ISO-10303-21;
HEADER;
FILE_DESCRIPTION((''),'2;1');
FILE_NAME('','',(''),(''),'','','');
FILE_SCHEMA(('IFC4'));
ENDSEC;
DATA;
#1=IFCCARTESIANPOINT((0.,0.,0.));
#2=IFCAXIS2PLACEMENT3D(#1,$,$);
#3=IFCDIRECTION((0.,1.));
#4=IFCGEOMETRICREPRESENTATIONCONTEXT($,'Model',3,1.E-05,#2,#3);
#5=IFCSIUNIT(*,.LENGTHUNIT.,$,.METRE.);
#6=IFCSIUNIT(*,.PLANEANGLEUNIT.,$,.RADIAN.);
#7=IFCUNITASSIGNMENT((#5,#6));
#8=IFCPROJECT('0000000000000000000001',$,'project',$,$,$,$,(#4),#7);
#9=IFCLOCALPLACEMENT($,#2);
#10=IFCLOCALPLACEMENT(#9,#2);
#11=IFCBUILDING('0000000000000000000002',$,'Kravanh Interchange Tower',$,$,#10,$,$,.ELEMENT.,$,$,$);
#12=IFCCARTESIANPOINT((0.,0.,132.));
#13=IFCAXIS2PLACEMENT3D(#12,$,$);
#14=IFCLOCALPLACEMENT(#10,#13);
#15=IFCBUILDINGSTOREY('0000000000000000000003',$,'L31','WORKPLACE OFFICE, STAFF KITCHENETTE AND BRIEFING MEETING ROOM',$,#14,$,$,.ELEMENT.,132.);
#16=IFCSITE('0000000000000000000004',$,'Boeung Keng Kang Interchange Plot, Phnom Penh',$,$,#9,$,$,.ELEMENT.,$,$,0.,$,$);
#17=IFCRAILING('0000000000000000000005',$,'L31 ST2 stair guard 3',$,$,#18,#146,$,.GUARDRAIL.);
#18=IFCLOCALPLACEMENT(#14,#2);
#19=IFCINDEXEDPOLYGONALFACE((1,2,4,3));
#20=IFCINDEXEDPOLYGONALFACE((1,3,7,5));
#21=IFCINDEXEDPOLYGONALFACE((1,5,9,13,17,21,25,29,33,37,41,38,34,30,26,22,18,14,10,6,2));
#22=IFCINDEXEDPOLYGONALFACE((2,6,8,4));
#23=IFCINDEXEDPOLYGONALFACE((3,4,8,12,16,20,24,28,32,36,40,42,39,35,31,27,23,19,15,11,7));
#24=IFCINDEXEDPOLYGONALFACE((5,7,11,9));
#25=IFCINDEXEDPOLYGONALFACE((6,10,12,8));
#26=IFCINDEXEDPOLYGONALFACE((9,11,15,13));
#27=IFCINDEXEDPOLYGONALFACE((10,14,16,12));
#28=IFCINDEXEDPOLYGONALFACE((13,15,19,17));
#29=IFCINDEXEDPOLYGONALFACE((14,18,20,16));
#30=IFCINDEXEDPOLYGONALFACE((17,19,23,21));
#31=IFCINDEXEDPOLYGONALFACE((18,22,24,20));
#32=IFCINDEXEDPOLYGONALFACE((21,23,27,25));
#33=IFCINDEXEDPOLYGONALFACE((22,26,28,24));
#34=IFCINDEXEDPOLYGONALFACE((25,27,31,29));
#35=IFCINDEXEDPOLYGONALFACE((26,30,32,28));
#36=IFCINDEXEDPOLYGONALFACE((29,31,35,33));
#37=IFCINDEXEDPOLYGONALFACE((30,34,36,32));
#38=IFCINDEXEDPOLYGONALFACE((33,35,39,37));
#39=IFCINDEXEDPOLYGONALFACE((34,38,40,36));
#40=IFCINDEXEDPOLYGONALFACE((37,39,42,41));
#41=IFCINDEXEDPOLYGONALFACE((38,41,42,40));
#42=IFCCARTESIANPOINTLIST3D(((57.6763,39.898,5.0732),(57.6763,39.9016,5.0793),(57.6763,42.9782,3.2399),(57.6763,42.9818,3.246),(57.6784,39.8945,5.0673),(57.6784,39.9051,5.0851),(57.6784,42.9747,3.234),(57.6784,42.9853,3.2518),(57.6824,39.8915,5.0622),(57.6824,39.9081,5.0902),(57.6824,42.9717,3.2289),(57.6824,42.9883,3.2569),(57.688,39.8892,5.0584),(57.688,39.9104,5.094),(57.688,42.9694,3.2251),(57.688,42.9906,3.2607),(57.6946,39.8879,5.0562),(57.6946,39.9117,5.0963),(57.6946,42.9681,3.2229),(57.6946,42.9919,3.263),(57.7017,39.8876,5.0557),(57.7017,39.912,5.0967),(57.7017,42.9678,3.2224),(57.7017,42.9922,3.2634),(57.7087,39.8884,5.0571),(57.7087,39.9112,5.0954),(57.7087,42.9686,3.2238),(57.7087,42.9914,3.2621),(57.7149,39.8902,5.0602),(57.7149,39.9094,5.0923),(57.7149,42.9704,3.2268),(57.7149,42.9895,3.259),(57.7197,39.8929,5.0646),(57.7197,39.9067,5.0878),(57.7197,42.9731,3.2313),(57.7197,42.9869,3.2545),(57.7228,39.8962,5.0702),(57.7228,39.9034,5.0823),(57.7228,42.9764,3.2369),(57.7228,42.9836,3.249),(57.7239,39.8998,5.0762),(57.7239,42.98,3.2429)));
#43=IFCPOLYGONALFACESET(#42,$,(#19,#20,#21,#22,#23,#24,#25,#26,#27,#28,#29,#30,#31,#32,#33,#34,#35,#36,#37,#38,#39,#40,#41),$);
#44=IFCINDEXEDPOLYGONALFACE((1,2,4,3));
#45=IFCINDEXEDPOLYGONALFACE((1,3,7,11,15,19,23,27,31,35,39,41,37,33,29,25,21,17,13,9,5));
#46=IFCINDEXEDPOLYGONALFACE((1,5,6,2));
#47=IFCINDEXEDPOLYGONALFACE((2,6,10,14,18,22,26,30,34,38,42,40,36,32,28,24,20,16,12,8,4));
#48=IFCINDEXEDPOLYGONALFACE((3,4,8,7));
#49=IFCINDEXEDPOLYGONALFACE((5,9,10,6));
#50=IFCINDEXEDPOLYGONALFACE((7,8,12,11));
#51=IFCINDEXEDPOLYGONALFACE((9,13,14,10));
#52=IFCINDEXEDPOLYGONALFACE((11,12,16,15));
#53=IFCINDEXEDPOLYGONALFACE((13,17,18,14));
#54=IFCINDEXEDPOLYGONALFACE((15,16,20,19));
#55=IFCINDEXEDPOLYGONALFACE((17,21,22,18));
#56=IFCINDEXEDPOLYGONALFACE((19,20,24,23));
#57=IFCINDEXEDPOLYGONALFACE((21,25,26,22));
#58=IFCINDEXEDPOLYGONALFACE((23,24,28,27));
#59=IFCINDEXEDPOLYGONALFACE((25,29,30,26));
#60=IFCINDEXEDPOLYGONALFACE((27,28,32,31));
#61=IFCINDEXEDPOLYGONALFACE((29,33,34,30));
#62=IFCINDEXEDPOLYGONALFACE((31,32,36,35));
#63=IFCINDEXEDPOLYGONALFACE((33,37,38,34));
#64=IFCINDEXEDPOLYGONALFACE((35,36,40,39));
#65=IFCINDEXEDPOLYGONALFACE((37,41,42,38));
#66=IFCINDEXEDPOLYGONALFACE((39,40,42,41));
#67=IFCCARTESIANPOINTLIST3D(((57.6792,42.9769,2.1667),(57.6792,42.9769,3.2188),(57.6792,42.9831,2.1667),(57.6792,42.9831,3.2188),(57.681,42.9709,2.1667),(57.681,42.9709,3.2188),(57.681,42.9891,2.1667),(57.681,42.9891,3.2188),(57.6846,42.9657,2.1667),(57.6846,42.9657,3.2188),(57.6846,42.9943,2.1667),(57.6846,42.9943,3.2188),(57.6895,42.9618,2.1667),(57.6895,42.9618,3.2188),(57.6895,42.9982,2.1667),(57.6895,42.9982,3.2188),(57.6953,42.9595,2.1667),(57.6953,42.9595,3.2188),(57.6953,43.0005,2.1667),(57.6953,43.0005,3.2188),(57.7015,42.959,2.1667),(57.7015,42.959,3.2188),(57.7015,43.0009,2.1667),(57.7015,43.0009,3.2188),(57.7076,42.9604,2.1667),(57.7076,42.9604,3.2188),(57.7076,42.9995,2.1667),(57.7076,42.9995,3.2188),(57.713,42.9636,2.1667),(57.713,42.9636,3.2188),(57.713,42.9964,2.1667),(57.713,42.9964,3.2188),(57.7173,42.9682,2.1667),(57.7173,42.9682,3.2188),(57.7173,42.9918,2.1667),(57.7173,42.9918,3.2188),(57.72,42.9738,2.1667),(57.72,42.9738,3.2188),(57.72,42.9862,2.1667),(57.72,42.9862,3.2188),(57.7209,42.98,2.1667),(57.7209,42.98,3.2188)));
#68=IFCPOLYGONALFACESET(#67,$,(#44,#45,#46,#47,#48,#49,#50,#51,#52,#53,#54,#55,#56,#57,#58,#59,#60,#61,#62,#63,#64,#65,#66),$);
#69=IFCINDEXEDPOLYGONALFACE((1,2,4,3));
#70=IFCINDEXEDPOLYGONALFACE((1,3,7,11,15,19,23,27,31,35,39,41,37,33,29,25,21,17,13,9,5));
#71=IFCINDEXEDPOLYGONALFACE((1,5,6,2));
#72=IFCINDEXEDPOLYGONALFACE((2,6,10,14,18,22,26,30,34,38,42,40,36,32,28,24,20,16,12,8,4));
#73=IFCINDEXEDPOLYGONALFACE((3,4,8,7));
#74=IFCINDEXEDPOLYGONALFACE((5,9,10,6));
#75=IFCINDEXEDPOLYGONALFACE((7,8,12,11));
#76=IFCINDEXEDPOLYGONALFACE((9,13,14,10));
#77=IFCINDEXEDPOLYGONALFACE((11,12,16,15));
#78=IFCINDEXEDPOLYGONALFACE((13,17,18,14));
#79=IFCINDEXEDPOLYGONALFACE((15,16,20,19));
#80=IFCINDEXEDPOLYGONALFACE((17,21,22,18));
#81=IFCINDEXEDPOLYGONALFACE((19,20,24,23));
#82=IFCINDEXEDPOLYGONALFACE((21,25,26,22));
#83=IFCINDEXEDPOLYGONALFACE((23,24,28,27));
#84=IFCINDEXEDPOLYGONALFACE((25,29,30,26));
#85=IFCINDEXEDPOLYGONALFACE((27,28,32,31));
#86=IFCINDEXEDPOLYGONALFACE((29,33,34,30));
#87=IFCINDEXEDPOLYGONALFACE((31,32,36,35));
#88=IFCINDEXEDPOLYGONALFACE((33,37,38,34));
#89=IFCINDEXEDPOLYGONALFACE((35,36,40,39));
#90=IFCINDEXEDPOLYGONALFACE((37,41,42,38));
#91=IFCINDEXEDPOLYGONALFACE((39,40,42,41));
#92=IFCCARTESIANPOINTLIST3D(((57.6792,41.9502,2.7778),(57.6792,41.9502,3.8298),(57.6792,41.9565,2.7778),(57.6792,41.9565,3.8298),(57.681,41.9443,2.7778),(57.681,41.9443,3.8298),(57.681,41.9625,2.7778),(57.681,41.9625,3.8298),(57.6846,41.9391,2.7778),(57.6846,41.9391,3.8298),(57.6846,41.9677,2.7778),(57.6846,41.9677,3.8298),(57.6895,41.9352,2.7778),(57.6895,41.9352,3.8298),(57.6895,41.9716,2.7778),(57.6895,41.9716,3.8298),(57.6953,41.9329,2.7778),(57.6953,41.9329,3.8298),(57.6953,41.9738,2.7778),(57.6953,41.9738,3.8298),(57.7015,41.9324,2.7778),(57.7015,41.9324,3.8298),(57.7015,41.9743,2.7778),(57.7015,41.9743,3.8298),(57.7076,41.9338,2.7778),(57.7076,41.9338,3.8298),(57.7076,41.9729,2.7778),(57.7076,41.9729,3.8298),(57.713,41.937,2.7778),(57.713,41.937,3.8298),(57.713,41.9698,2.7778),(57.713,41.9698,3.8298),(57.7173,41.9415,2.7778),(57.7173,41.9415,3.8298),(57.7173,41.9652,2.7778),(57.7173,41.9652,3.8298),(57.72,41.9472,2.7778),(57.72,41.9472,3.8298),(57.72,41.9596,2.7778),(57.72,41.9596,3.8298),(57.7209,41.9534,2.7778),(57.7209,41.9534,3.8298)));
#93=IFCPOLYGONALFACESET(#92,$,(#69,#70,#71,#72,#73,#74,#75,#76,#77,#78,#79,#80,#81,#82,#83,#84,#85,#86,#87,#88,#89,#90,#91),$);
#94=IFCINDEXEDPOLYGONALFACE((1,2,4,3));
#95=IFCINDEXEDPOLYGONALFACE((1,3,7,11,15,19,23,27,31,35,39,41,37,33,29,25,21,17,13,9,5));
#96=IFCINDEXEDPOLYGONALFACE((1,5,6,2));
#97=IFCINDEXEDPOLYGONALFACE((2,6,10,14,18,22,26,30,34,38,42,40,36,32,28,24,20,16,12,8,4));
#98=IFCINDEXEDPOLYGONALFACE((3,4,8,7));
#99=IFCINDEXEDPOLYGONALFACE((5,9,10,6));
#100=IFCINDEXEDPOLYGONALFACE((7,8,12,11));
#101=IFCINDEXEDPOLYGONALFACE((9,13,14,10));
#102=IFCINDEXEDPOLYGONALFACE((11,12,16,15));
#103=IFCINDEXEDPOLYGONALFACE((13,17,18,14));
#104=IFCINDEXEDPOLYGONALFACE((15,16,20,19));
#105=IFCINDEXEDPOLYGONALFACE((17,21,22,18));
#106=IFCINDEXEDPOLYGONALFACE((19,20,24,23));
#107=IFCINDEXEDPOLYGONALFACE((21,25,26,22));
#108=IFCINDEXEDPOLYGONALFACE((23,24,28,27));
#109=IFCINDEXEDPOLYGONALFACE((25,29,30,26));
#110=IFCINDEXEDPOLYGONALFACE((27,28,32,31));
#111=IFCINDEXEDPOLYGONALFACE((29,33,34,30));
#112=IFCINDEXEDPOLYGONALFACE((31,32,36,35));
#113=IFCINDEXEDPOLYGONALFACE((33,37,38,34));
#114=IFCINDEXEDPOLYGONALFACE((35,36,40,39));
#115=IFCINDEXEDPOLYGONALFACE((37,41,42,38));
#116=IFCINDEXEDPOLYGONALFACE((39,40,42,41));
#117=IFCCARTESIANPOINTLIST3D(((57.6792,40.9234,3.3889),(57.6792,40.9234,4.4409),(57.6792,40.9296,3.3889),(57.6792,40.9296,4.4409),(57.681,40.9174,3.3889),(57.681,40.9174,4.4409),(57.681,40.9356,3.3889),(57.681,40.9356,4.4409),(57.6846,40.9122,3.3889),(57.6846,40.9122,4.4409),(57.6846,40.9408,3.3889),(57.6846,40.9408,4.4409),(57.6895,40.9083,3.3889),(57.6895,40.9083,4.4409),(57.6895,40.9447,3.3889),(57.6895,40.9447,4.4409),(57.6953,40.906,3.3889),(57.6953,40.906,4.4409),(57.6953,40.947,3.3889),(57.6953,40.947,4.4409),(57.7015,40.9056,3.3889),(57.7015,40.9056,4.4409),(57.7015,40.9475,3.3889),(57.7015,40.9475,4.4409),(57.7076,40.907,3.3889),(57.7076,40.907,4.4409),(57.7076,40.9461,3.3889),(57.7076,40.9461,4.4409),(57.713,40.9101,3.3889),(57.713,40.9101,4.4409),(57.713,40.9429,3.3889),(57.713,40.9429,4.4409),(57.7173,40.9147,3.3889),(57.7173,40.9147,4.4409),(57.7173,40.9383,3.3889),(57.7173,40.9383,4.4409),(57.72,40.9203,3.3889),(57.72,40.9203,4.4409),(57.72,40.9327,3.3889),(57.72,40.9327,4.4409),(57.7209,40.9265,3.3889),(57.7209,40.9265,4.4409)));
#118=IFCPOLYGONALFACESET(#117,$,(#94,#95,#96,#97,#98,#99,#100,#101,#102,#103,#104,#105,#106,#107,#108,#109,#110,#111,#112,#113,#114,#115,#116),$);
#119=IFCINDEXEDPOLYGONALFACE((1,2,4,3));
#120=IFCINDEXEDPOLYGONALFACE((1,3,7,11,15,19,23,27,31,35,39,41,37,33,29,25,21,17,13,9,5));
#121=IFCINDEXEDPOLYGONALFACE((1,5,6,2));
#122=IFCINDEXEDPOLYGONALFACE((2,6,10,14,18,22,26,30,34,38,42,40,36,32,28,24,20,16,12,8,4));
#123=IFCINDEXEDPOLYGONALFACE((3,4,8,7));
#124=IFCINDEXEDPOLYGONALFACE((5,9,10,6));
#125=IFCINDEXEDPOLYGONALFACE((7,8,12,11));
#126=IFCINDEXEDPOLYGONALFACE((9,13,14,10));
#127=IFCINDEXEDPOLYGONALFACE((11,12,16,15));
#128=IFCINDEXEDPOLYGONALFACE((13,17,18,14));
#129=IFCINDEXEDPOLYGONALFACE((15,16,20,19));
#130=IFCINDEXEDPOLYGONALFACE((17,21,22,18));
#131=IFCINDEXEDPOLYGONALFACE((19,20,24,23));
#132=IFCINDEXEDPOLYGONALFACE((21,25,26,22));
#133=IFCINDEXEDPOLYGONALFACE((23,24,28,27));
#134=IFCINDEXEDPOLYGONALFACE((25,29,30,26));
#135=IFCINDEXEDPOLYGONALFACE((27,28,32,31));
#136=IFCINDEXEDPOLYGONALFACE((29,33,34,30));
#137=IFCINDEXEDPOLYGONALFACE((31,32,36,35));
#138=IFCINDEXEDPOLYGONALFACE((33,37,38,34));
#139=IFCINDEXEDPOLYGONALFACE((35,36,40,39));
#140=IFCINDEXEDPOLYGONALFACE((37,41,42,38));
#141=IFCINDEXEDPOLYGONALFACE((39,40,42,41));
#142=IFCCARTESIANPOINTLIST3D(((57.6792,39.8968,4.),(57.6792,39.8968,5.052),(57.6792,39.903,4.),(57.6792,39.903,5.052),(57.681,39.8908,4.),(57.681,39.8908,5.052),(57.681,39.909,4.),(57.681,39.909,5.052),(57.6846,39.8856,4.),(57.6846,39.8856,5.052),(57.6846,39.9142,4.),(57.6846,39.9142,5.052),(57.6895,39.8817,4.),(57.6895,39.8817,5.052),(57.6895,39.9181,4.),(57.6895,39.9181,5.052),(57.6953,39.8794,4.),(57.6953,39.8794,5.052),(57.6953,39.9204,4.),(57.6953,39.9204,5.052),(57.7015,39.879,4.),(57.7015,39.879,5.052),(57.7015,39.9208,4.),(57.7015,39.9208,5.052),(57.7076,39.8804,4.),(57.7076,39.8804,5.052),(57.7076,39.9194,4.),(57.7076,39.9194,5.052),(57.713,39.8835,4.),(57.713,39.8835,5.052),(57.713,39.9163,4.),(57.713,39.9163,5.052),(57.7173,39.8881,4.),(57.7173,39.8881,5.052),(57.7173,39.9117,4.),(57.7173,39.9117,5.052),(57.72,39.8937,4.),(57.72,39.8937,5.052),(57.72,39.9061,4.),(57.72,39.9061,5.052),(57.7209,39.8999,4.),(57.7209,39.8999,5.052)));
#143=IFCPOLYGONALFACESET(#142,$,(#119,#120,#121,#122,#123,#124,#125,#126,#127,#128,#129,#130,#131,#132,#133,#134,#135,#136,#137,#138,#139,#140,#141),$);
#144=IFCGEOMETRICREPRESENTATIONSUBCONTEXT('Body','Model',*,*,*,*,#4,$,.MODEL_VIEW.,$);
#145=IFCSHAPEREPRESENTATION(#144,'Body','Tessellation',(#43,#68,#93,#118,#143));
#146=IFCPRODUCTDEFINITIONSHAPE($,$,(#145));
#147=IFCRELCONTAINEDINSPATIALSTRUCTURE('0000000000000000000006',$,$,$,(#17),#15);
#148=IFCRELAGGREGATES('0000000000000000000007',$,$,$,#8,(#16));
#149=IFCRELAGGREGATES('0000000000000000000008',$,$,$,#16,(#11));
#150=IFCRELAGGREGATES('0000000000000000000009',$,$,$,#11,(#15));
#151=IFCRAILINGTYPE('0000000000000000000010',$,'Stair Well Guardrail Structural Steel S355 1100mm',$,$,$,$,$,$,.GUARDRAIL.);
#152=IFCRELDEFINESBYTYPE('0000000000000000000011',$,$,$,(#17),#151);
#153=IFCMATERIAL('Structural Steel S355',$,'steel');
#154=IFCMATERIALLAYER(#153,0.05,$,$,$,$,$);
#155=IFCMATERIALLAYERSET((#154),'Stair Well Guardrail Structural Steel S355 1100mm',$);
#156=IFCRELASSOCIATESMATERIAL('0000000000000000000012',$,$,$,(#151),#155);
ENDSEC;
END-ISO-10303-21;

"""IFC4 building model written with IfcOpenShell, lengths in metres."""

from ifc_helpers import new_model, si_unit, direction, frame, origin, origin_2d, place, context, subcontext, project, spatial, circle, extrude, material, layer, layer_set, type_object, element, save


model = new_model("IFC4")

# Units and contexts
model_context = context("Model", 3, precision=1e-05, world=origin(), true_north=direction((0.0, 1.0)))
body_context = subcontext(model_context, "Body", "Model", "MODEL_VIEW")
ifc_project = project(units=[si_unit("LENGTHUNIT", "METRE"), si_unit("PLANEANGLEUNIT", "RADIAN")], contexts=[model_context])

# Site, building, storey
site_placement = place(None, origin())
site = spatial("IfcSite", under=ifc_project, at=site_placement, Name="Boeung Keng Kang Interchange Plot, Phnom Penh", CompositionType="ELEMENT", RefElevation=0.0)
building_placement = place(site_placement, origin())
building = spatial("IfcBuilding", under=site, at=building_placement, Name="Kravanh Interchange Tower", CompositionType="ELEMENT")
storey_placement = place(building_placement, frame((0.0, 0.0, 132.0)))
storey = spatial("IfcBuildingStorey", under=building, at=storey_placement, Name="L31", Description="WORKPLACE OFFICE, STAFF KITCHENETTE AND BRIEFING MEETING ROOM", CompositionType="ELEMENT", Elevation=132.0)

# Railing
ifc_material_1 = material(Name="Structural Steel S355", Category="steel")
ifc_layer_1 = layer(ifc_material_1, 0.05)
ifc_layer_set_1 = layer_set([ifc_layer_1], Name="Stair Well Guardrail Structural Steel S355 1100mm")
railing_type_1 = type_object("IfcRailingType", Name="Stair Well Guardrail Structural Steel S355 1100mm", PredefinedType="GUARDRAIL", material=ifc_layer_set_1)
railing_1_placement = place(storey_placement, frame((57.7, 42.98, 2.1667)))
element("IfcRailing", 1, at=railing_1_placement, inside=storey, type_object=railing_type_1, Name="L31 ST2 stair guard 3", PredefinedType="GUARDRAIL", context=body_context, shape_type="SweptSolid", body=[
    extrude(circle(Radius=0.0239, at=origin_2d()), frame((0.0, 0.0, 1.0762), z_axis=(0.0, -0.859309, 0.511458), x_axis=(1.0, 0.0, 0.0)), (0.0, 0.0, 1.0), 3.5845),
    extrude(circle(Radius=0.021, at=origin_2d()), origin(), (0.0, 0.0, 1.0), 1.052),
    extrude(circle(Radius=0.021, at=origin_2d()), frame((0.0, -1.0266, 0.6111)), (0.0, 0.0, 1.0), 1.052),
    extrude(circle(Radius=0.021, at=origin_2d()), frame((0.0, -2.0535, 1.2222)), (0.0, 0.0, 1.0), 1.052),
    extrude(circle(Radius=0.021, at=origin_2d()), frame((0.0, -3.0801, 1.8333)), (0.0, 0.0, 1.0), 1.052),
])

save(model, "model.ifc")
